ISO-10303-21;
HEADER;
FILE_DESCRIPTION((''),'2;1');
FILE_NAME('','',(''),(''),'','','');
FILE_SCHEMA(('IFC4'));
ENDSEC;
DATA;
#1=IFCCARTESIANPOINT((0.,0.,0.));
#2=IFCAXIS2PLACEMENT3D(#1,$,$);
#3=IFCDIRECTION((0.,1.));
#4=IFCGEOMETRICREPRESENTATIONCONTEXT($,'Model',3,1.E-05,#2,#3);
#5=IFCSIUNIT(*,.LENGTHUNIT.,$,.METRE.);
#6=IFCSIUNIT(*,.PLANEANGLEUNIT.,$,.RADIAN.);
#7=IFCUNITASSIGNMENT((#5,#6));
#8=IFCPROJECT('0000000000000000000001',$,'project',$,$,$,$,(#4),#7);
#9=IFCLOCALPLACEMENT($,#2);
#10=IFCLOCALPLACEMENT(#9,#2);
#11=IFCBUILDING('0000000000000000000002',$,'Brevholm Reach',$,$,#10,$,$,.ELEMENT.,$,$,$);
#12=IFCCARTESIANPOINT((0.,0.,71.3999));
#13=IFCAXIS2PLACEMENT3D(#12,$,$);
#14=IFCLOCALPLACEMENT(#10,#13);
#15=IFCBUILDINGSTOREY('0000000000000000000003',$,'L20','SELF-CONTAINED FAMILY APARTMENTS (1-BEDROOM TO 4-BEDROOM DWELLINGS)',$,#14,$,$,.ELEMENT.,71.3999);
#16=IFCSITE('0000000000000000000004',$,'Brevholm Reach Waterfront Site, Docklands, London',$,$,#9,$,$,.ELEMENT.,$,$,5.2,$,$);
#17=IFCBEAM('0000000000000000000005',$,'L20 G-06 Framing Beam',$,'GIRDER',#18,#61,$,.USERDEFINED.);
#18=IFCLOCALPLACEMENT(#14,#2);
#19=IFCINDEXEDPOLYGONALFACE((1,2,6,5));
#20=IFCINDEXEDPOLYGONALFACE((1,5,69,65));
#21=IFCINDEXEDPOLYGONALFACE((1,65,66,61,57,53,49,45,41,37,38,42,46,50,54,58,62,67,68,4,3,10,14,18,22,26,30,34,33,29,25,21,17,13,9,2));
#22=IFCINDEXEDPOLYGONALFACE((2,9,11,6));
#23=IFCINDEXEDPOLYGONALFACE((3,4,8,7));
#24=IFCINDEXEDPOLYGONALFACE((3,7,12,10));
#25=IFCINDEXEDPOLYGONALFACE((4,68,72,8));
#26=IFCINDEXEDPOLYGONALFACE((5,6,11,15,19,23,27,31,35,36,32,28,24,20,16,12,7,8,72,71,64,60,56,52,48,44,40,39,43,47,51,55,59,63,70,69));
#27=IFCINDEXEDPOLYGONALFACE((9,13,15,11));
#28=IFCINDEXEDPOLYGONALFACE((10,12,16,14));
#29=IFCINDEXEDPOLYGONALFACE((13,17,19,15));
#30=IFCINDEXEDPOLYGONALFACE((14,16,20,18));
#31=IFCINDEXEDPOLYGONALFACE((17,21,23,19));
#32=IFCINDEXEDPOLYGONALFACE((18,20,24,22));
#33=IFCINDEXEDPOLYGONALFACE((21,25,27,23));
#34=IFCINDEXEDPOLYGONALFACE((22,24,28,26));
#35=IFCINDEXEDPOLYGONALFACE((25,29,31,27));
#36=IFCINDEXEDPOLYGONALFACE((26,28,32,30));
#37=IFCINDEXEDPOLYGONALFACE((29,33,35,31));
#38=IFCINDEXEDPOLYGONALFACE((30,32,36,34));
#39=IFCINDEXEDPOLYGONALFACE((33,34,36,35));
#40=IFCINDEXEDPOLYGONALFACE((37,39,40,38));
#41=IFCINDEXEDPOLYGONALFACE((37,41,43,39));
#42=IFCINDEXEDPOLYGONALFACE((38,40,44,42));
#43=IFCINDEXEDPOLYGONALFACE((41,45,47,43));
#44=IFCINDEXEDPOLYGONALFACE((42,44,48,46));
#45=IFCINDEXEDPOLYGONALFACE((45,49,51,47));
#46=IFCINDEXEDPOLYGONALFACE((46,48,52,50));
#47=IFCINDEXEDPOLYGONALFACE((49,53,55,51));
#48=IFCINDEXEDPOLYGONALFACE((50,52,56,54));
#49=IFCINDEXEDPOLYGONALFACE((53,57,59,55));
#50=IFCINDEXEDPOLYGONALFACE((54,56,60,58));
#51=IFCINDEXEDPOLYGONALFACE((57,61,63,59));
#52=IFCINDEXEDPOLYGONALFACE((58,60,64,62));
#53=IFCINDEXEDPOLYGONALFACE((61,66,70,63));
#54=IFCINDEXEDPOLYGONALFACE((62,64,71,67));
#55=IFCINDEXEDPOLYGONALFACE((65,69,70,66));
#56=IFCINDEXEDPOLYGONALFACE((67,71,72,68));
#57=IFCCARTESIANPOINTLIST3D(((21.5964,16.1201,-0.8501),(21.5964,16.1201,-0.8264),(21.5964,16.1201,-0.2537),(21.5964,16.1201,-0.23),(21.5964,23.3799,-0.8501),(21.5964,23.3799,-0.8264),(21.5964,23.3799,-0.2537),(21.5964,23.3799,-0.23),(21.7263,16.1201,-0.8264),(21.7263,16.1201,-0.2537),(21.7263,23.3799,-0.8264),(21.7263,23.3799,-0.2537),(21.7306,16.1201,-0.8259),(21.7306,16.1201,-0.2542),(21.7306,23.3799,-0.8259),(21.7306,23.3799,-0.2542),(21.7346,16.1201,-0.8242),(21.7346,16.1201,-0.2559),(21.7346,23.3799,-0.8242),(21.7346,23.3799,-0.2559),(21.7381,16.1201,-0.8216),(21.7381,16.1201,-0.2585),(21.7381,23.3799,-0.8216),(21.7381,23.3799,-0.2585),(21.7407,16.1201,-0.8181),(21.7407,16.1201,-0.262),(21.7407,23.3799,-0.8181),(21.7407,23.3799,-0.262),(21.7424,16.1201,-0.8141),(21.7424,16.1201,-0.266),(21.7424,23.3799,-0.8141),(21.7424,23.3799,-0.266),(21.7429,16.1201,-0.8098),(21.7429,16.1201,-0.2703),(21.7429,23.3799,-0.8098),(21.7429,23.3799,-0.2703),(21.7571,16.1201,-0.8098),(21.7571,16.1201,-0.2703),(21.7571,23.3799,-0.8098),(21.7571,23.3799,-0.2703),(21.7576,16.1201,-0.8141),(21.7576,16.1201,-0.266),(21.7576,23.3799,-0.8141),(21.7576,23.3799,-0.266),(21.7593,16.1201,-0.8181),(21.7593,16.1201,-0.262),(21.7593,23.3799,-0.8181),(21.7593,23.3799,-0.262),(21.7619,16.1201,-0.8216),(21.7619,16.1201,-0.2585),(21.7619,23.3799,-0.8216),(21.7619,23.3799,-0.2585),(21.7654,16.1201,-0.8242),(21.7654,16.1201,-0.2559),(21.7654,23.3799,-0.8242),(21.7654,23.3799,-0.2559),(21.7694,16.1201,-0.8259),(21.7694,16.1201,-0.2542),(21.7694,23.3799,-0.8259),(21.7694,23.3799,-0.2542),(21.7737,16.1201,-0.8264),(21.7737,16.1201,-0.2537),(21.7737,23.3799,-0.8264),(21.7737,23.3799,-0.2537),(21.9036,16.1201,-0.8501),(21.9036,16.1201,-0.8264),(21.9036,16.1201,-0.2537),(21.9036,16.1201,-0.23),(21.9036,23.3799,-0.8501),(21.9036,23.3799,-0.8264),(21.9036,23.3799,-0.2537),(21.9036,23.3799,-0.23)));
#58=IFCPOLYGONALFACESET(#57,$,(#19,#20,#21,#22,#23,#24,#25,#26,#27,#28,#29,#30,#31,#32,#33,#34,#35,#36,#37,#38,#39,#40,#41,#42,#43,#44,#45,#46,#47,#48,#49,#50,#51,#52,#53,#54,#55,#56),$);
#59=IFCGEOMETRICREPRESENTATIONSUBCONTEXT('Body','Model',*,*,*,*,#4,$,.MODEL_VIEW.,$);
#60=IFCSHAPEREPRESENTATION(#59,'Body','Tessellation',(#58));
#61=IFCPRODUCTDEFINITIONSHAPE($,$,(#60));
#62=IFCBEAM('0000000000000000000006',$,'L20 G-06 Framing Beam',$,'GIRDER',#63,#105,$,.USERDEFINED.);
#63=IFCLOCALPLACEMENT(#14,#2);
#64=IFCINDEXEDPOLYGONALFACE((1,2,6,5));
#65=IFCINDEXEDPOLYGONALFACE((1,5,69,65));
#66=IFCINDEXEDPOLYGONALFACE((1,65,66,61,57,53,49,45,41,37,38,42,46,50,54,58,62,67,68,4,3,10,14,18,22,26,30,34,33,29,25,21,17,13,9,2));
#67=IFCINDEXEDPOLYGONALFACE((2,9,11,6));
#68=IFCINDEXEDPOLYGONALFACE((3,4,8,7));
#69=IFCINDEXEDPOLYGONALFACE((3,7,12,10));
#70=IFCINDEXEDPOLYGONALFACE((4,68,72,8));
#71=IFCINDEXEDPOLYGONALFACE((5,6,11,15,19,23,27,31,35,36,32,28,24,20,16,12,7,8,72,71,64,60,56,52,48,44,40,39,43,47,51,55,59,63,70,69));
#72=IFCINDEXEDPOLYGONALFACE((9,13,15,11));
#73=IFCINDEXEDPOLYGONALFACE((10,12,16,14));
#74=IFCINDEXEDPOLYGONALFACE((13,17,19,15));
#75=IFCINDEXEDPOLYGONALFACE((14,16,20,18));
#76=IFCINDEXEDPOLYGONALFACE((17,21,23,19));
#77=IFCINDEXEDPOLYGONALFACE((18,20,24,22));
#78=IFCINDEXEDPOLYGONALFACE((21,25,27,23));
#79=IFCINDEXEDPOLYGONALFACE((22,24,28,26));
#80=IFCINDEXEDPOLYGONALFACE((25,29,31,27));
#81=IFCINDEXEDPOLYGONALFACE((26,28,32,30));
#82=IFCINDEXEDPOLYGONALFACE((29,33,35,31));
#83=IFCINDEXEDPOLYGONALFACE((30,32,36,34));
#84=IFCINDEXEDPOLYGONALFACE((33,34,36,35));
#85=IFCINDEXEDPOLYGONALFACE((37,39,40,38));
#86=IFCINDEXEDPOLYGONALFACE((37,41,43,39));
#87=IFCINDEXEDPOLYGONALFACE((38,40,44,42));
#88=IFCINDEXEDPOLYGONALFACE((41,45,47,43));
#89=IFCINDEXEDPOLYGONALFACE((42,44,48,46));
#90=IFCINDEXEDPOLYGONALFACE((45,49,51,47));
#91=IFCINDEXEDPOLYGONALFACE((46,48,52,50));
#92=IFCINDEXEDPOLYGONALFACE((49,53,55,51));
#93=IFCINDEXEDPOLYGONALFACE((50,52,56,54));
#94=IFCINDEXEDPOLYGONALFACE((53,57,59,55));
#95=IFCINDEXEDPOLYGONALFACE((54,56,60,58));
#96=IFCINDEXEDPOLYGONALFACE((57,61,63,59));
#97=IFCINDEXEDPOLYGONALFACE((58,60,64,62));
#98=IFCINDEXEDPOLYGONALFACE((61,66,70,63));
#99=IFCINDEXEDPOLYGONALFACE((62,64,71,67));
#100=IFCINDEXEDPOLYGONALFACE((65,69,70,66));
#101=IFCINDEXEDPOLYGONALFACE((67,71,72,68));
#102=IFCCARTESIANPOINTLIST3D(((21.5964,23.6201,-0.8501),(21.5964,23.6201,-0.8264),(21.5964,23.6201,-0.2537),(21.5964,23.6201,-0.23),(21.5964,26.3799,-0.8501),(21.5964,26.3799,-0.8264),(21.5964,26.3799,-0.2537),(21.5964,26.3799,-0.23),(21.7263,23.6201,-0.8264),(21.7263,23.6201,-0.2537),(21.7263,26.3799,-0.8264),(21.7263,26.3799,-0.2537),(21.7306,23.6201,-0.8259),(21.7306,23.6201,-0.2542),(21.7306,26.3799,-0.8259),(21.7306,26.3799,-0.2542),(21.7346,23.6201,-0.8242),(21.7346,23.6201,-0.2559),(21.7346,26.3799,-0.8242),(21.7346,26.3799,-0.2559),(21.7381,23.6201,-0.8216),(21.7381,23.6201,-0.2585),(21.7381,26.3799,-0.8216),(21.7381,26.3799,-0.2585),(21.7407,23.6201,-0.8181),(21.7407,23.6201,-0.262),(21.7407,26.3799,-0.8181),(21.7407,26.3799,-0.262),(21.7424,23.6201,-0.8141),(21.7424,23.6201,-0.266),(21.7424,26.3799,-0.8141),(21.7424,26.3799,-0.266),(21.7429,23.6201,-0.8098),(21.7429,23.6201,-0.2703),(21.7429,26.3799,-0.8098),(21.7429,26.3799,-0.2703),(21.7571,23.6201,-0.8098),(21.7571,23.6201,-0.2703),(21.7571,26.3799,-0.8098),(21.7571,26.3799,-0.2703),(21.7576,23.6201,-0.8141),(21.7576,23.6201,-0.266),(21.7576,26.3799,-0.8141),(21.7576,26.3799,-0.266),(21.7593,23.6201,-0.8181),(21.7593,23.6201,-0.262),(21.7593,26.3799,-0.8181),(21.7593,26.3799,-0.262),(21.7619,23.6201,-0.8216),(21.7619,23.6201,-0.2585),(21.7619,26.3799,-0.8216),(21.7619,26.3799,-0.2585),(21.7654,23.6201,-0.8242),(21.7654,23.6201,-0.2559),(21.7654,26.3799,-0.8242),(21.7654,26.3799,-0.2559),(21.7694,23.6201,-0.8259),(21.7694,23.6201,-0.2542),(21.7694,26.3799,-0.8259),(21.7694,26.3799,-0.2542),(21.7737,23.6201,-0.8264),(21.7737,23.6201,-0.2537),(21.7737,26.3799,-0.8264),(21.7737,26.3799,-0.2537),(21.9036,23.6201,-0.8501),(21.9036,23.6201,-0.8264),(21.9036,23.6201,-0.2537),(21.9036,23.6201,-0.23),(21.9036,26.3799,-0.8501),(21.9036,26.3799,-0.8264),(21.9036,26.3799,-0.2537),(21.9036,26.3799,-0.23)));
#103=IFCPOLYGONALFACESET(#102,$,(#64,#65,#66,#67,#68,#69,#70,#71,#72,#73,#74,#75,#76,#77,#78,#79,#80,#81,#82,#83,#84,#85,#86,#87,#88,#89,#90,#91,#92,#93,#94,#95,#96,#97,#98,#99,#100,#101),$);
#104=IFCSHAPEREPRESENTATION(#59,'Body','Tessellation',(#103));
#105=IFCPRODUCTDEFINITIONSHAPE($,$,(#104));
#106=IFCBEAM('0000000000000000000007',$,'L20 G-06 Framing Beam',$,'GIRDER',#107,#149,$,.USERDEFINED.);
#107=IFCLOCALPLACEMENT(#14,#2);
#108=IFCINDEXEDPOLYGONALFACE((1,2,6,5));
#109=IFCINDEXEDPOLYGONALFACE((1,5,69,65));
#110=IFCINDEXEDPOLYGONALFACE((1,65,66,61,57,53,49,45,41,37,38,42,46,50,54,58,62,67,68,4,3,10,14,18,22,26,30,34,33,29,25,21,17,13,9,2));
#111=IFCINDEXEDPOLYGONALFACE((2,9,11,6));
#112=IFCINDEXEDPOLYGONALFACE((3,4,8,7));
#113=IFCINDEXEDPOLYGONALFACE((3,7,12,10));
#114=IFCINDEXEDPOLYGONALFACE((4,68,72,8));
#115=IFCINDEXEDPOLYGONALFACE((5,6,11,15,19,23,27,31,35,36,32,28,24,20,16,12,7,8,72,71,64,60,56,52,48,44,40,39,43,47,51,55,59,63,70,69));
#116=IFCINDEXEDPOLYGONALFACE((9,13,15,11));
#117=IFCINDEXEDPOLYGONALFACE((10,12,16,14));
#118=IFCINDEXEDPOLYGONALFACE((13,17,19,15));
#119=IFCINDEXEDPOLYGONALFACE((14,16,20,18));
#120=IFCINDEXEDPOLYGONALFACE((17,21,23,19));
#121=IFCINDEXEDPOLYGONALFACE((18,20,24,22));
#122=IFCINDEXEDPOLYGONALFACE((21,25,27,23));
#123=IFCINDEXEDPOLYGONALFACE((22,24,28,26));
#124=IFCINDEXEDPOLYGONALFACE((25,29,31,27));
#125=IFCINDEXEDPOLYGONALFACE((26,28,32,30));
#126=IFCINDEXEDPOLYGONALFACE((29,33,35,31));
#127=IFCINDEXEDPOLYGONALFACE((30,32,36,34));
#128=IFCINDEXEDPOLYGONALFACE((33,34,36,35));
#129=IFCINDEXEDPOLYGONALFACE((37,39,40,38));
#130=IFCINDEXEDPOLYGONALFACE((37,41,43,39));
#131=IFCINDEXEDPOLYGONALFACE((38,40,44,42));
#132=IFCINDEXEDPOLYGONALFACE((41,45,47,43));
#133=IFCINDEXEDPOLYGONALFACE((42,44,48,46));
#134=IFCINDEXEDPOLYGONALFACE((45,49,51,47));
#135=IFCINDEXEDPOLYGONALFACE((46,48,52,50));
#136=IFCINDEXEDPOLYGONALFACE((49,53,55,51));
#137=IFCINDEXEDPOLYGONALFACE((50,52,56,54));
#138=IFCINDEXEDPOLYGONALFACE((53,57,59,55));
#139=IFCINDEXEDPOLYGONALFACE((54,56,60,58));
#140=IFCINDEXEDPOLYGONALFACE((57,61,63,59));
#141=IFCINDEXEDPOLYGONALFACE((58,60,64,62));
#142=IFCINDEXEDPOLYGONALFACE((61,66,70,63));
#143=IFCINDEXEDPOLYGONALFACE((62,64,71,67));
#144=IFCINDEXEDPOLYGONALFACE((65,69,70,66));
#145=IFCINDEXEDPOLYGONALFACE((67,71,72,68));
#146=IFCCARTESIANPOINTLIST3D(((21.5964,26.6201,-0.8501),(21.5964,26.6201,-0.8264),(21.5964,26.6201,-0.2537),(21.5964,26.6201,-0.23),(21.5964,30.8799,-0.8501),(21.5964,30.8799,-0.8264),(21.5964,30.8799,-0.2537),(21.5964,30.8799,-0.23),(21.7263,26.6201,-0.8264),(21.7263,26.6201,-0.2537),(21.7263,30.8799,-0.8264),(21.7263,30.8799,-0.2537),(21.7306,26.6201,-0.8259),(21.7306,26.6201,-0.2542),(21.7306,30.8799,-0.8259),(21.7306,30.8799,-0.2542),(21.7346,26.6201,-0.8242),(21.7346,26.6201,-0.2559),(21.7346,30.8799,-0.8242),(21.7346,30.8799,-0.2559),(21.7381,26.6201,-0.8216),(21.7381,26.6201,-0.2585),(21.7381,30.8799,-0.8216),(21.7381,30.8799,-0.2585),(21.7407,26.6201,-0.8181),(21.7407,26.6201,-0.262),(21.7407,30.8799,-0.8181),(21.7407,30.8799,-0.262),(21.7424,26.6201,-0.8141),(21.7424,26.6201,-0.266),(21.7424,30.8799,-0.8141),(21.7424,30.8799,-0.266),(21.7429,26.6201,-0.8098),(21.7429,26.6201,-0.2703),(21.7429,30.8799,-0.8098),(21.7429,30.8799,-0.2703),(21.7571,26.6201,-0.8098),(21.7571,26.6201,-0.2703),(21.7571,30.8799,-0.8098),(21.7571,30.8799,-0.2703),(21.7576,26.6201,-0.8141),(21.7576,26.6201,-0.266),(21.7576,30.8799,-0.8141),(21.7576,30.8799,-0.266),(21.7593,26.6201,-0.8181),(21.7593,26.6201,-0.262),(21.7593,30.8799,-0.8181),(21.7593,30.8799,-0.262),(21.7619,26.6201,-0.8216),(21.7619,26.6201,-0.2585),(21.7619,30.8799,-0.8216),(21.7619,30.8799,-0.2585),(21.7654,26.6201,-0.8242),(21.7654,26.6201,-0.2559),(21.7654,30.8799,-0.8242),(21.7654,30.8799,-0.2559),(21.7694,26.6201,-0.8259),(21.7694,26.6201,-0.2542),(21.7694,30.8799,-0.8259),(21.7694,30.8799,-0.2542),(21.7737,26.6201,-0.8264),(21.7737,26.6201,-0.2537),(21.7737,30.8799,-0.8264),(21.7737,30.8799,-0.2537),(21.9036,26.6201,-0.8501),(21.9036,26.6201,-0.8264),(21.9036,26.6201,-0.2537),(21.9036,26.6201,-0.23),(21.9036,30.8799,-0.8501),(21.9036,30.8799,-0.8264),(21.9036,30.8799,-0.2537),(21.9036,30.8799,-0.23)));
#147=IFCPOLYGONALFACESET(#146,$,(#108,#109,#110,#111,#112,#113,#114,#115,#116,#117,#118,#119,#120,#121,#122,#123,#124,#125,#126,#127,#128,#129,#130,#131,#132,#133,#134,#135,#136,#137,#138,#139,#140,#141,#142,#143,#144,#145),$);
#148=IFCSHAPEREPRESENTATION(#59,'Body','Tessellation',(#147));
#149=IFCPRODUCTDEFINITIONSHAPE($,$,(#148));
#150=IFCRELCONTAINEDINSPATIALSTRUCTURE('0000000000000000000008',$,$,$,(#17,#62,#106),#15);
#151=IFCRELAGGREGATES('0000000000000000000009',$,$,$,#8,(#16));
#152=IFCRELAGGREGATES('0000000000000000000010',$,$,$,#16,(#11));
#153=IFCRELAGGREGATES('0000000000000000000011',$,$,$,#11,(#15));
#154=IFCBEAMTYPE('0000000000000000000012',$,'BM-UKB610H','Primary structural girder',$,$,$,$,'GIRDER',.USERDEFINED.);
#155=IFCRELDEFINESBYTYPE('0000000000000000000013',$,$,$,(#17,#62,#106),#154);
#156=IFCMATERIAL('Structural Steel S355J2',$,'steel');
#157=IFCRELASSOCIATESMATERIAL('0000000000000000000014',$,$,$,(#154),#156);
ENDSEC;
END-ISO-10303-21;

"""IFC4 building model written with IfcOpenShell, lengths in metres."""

from ifc_helpers import new_model, si_unit, direction, frame, origin, origin_2d, place, context, subcontext, project, spatial, i_section, extrude, material, material_profile, profile_set, type_object, element, save


model = new_model("IFC4")

# Units and contexts
model_context = context("Model", 3, precision=1e-05, world=origin(), true_north=direction((0.0, 1.0)))
body_context = subcontext(model_context, "Body", "Model", "MODEL_VIEW")
ifc_project = project(units=[si_unit("LENGTHUNIT", "METRE"), si_unit("PLANEANGLEUNIT", "RADIAN")], contexts=[model_context])

# Site, building, storey
site_placement = place(None, origin())
site = spatial("IfcSite", under=ifc_project, at=site_placement, Name="Brevholm Reach Waterfront Site, Docklands, London", CompositionType="ELEMENT", RefElevation=5.2)
building_placement = place(site_placement, origin())
building = spatial("IfcBuilding", under=site, at=building_placement, Name="Brevholm Reach", CompositionType="ELEMENT")
storey_placement = place(building_placement, frame((0.0, 0.0, 71.3999)))
storey = spatial("IfcBuildingStorey", under=building, at=storey_placement, Name="L20", Description="SELF-CONTAINED FAMILY APARTMENTS (1-BEDROOM TO 4-BEDROOM DWELLINGS)", CompositionType="ELEMENT", Elevation=71.3999)

# Beams
ifc_material_1 = material(Name="Structural Steel S355J2", Category="steel")
ifc_material_profile_1 = material_profile(ifc_material_1, i_section(OverallWidth=0.3071, OverallDepth=0.6201, WebThickness=0.0142, FlangeThickness=0.0237, FilletRadius=0.0166, at=origin_2d()), Name="UKB 610x305x179")
ifc_profile_set_1 = profile_set([ifc_material_profile_1], Name="Structural Steel S355J2")
beam_type_1 = type_object("IfcBeamType", Name="BM-UKB610H", Description="Primary structural girder", ElementType="GIRDER", PredefinedType="USERDEFINED", material=ifc_profile_set_1)
beam_1_placement = place(storey_placement, frame((21.75, 16.1201, -0.54), z_axis=(0.0, 1.0, 0.0), x_axis=(-1.0, 0.0, 0.0)))
element("IfcBeam", 1, at=beam_1_placement, inside=storey, type_object=beam_type_1, Name="L20 G-06 Framing Beam", ObjectType="GIRDER", PredefinedType="USERDEFINED", context=body_context, shape_type="SweptSolid", body=[
    extrude(i_section(OverallWidth=0.3071, OverallDepth=0.6201, WebThickness=0.0142, FlangeThickness=0.0237, FilletRadius=0.0166, at=origin_2d()), origin(), (0.0, 0.0, 1.0), 7.2598),
])
beam_2_placement = place(storey_placement, frame((21.75, 23.6201, -0.54), z_axis=(0.0, 1.0, 0.0), x_axis=(-1.0, 0.0, 0.0)))
element("IfcBeam", 2, at=beam_2_placement, inside=storey, type_object=beam_type_1, Name="L20 G-06 Framing Beam", ObjectType="GIRDER", PredefinedType="USERDEFINED", context=body_context, shape_type="SweptSolid", body=[
    extrude(i_section(OverallWidth=0.3071, OverallDepth=0.6201, WebThickness=0.0142, FlangeThickness=0.0237, FilletRadius=0.0166, at=origin_2d()), origin(), (0.0, 0.0, 1.0), 2.7598),
])
beam_3_placement = place(storey_placement, frame((21.75, 26.6201, -0.54), z_axis=(0.0, 1.0, 0.0), x_axis=(-1.0, 0.0, 0.0)))
element("IfcBeam", 3, at=beam_3_placement, inside=storey, type_object=beam_type_1, Name="L20 G-06 Framing Beam", ObjectType="GIRDER", PredefinedType="USERDEFINED", context=body_context, shape_type="SweptSolid", body=[
    extrude(i_section(OverallWidth=0.3071, OverallDepth=0.6201, WebThickness=0.0142, FlangeThickness=0.0237, FilletRadius=0.0166, at=origin_2d()), origin(), (0.0, 0.0, 1.0), 4.2598),
])

save(model, "model.ifc")
